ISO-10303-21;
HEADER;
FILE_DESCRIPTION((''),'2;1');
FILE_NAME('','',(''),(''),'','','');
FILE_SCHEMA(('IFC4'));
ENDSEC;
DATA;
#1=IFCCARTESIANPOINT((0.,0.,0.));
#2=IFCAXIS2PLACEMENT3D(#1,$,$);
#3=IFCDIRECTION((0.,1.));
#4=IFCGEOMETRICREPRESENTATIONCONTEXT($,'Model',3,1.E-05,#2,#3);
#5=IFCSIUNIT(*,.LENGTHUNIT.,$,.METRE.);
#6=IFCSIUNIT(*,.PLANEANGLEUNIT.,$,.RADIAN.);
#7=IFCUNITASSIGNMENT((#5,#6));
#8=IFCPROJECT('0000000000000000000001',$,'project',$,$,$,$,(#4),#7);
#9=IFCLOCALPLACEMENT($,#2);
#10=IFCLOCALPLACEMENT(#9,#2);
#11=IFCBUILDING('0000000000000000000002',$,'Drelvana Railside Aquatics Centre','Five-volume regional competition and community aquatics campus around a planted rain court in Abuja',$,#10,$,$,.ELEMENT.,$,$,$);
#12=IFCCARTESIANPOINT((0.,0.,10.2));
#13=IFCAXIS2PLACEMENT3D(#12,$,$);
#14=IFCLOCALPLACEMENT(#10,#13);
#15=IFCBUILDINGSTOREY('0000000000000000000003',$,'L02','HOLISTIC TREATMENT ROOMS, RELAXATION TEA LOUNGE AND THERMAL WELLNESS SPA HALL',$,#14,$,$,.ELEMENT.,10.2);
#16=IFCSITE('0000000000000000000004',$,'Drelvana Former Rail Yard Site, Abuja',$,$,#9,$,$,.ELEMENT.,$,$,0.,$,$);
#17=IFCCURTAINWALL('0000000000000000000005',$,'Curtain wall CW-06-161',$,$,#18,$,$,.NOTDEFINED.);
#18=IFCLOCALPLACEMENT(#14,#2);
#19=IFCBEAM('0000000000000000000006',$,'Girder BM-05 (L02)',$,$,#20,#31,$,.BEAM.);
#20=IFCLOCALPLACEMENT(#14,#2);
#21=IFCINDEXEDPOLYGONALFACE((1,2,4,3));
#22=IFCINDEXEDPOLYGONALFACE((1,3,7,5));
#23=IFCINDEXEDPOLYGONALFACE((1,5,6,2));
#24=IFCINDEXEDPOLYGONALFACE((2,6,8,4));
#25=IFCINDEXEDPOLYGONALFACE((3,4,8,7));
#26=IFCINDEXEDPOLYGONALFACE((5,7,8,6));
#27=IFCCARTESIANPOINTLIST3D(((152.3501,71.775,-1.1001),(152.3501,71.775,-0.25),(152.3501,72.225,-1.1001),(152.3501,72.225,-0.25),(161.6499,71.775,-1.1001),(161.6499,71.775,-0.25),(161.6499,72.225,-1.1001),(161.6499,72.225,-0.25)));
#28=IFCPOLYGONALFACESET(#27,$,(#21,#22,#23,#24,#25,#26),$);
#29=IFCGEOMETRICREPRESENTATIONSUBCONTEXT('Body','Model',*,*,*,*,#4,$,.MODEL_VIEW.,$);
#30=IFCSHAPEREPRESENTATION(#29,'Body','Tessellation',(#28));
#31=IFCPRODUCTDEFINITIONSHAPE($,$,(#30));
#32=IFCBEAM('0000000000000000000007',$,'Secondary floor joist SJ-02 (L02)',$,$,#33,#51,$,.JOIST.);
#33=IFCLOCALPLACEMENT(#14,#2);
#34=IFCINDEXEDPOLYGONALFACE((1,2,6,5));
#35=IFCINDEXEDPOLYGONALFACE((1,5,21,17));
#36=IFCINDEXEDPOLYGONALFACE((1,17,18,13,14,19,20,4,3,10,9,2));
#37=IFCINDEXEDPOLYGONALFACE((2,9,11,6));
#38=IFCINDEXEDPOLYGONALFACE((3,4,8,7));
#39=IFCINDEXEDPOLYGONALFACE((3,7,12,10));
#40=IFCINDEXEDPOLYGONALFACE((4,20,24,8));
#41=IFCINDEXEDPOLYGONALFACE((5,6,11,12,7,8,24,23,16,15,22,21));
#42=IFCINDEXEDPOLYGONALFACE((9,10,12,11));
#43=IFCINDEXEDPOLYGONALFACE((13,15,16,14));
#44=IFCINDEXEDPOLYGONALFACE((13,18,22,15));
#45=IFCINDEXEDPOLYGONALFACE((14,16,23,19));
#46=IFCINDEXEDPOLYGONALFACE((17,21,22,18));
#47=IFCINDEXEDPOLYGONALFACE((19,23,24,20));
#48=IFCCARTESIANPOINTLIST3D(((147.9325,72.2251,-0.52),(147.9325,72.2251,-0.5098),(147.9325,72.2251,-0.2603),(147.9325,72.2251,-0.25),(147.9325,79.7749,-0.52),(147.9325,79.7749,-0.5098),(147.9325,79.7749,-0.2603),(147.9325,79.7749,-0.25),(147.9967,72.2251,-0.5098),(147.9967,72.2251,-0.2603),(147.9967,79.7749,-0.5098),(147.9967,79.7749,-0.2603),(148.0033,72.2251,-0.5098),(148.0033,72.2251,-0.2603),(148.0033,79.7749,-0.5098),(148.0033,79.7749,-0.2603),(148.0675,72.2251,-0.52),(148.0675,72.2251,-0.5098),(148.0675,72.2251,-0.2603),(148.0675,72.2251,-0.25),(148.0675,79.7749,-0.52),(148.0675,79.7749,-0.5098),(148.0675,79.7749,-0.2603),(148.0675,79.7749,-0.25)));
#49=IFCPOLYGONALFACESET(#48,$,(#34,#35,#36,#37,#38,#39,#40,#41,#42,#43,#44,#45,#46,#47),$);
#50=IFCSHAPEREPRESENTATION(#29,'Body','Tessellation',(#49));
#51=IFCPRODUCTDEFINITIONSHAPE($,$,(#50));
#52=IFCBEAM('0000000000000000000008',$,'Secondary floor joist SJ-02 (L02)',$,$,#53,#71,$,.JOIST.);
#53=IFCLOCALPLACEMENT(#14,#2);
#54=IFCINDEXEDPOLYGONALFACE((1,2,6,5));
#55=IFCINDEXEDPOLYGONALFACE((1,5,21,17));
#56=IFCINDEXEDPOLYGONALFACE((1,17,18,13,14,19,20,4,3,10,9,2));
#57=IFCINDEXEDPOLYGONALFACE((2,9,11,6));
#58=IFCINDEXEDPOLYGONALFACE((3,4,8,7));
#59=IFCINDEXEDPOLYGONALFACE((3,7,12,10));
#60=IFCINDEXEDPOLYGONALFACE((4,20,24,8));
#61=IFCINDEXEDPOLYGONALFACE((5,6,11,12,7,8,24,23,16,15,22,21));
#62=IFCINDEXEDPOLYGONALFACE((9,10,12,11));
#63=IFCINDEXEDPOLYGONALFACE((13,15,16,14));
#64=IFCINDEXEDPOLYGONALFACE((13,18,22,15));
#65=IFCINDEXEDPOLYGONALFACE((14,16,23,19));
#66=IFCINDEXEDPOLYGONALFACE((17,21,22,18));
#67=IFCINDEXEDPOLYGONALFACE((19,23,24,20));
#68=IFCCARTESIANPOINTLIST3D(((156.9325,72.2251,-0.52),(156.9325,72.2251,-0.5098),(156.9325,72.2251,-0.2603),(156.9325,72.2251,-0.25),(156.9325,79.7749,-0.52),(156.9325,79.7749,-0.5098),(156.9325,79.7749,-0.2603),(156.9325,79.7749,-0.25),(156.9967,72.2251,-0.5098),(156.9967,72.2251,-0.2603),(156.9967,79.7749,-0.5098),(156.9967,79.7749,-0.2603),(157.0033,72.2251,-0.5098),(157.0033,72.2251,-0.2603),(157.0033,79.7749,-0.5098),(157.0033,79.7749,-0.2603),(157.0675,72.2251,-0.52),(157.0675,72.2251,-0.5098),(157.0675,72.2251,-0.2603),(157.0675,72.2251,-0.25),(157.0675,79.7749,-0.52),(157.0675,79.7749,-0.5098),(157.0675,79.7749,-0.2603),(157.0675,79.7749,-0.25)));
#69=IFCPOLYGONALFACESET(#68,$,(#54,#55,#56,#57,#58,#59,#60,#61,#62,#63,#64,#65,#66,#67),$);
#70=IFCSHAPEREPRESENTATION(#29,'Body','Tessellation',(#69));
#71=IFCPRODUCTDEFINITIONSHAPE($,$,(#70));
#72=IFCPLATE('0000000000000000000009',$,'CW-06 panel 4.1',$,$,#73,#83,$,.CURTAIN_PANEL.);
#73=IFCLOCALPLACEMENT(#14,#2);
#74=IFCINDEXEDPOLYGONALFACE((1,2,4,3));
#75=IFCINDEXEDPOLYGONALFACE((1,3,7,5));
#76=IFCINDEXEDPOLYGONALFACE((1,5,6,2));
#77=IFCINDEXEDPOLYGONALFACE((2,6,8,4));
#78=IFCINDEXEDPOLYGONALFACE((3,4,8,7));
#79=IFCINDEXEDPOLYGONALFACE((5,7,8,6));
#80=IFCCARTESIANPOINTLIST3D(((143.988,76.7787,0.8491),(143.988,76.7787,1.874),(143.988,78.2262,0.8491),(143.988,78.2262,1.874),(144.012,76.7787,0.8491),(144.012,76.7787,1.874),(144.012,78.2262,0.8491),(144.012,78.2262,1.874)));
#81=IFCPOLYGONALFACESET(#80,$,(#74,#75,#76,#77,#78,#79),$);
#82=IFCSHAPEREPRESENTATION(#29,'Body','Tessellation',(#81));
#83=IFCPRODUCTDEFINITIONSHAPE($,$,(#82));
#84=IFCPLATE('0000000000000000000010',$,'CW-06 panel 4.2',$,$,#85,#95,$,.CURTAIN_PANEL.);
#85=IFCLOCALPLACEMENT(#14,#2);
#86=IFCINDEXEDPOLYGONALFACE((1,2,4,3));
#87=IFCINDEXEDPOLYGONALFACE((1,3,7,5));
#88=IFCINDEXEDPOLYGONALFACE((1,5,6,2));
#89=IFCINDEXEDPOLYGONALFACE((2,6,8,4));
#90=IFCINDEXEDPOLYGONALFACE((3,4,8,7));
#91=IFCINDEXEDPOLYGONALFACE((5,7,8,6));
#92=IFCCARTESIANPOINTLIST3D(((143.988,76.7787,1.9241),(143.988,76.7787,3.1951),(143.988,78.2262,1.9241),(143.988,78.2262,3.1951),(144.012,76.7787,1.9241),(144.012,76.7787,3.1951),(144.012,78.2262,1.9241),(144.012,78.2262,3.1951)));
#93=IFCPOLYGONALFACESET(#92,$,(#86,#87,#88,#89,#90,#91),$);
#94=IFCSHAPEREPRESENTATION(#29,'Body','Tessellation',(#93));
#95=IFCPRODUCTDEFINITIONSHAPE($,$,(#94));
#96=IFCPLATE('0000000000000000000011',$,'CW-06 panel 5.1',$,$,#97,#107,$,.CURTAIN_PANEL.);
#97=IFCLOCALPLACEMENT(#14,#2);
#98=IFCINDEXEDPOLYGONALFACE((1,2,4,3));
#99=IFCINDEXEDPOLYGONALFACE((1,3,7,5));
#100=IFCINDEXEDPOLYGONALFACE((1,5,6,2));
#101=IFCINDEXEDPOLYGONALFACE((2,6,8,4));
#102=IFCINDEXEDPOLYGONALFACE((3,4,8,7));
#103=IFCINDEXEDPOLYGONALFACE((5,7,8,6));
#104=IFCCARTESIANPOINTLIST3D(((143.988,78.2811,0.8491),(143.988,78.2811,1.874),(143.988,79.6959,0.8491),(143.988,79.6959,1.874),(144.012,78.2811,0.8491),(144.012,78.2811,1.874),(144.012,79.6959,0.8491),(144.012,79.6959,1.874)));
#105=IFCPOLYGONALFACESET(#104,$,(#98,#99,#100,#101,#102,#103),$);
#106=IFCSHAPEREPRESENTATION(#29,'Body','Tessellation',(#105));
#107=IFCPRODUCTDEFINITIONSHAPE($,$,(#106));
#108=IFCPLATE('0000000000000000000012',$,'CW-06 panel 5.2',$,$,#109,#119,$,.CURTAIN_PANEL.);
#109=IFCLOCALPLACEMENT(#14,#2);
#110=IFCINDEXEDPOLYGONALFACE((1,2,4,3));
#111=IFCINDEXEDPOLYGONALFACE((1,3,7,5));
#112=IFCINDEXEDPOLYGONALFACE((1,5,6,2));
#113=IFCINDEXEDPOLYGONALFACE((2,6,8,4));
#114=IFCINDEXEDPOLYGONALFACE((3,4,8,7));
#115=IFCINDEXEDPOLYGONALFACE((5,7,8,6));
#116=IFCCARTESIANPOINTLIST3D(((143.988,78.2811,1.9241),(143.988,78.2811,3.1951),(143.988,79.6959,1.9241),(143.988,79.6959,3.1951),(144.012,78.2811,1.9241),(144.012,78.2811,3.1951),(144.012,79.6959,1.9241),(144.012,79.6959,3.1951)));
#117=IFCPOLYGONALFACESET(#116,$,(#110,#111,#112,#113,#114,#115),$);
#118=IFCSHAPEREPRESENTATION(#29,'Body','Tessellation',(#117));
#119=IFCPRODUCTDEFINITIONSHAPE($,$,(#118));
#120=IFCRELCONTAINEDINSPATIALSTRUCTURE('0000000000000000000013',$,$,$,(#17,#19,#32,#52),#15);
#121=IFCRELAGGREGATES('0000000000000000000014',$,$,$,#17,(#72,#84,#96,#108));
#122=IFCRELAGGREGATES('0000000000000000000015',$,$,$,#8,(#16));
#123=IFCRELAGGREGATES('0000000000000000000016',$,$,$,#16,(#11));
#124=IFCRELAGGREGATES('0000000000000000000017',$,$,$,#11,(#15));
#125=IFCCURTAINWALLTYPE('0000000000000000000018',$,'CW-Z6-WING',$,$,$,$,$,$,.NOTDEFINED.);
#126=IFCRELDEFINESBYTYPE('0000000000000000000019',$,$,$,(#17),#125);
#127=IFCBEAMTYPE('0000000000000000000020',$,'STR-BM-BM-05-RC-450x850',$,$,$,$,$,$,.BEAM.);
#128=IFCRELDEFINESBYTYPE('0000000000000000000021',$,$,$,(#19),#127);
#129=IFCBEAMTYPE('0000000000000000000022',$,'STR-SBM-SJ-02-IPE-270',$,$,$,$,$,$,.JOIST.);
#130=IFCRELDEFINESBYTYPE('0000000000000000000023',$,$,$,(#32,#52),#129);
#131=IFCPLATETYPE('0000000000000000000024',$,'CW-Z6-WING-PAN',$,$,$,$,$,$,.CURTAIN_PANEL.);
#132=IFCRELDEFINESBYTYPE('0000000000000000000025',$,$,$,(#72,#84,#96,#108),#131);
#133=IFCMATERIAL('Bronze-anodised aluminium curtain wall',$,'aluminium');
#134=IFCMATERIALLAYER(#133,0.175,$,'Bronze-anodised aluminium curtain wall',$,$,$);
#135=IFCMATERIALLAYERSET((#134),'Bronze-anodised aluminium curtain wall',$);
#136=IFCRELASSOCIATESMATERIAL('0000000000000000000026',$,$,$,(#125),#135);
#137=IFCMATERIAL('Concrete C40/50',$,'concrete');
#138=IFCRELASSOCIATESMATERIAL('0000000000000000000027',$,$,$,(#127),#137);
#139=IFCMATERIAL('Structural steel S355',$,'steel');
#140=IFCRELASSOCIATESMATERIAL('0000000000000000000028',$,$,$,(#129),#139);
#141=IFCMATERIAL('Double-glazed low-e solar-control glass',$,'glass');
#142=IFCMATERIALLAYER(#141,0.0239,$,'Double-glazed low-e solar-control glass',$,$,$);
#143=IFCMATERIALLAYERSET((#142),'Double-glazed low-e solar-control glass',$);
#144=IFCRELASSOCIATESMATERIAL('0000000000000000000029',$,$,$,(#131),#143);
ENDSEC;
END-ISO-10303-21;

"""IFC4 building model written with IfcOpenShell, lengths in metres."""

from ifc_helpers import new_model, si_unit, direction, frame, origin, origin_2d, place, context, subcontext, project, spatial, rectangle, i_section, extrude, material, layer, layer_set, material_profile, profile_set, type_object, element, aggregate, save


model = new_model("IFC4")

# Units and contexts
model_context = context("Model", 3, precision=1e-05, world=origin(), true_north=direction((0.0, 1.0)))
body_context = subcontext(model_context, "Body", "Model", "MODEL_VIEW")
ifc_project = project(units=[si_unit("LENGTHUNIT", "METRE"), si_unit("PLANEANGLEUNIT", "RADIAN")], contexts=[model_context])

# Site, building, storey
site_placement = place(None, origin())
site = spatial("IfcSite", under=ifc_project, at=site_placement, Name="Drelvana Former Rail Yard Site, Abuja", CompositionType="ELEMENT", RefElevation=0.0)
building_placement = place(site_placement, origin())
building = spatial("IfcBuilding", under=site, at=building_placement, Name="Drelvana Railside Aquatics Centre", Description="Five-volume regional competition and community aquatics campus around a planted rain court in Abuja", CompositionType="ELEMENT")
storey_placement = place(building_placement, frame((0.0, 0.0, 10.2)))
storey = spatial("IfcBuildingStorey", under=building, at=storey_placement, Name="L02", Description="HOLISTIC TREATMENT ROOMS, RELAXATION TEA LOUNGE AND THERMAL WELLNESS SPA HALL", CompositionType="ELEMENT", Elevation=10.2)

# Shared definitions
ifc_material_1 = material(Name="Concrete C40/50", Category="concrete")

# Curtain wall
ifc_material_2 = material(Name="Bronze-anodised aluminium curtain wall", Category="aluminium")
ifc_layer_1 = layer(ifc_material_2, 0.175, Name="Bronze-anodised aluminium curtain wall")
ifc_layer_set_1 = layer_set([ifc_layer_1], Name="Bronze-anodised aluminium curtain wall")
curtain_wall_type = type_object("IfcCurtainWallType", Name="CW-Z6-WING", PredefinedType="NOTDEFINED", material=ifc_layer_set_1)
curtain_wall_placement = place(storey_placement, origin())
curtain_wall = element("IfcCurtainWall", 1, at=curtain_wall_placement, inside=storey, type_object=curtain_wall_type, Name="Curtain wall CW-06-161", PredefinedType="NOTDEFINED")

# Beams
ifc_material_profile_1 = material_profile(ifc_material_1, rectangle(XDim=0.45, YDim=0.8501, at=origin_2d()), Name="RC 450x850")
ifc_profile_set_1 = profile_set([ifc_material_profile_1], Name="Concrete C40/50")
beam_type_1 = type_object("IfcBeamType", Name="STR-BM-BM-05-RC-450x850", PredefinedType="BEAM", material=ifc_profile_set_1)
beam_placement = place(storey_placement, frame((152.3501, 72.0, -0.675), z_axis=(1.0, 0.0, 0.0), x_axis=(0.0, 1.0, 0.0)))
element("IfcBeam", 2, at=beam_placement, inside=storey, type_object=beam_type_1, Name="Girder BM-05 (L02)", PredefinedType="BEAM", context=body_context, shape_type="SweptSolid", body=[
    extrude(rectangle(XDim=0.45, YDim=0.8501, at=origin_2d()), origin(), (0.0, 0.0, 1.0), 9.2998),
])
ifc_material_3 = material(Name="Structural steel S355", Category="steel")
ifc_material_profile_2 = material_profile(ifc_material_3, i_section(OverallWidth=0.135, OverallDepth=0.27, WebThickness=0.0066, FlangeThickness=0.0103, at=origin_2d()), Name="IPE 270")
ifc_profile_set_2 = profile_set([ifc_material_profile_2], Name="Structural steel S355")
beam_type_2 = type_object("IfcBeamType", Name="STR-SBM-SJ-02-IPE-270", PredefinedType="JOIST", material=ifc_profile_set_2)
for number, where, z_axis, x_axis, name in (
    (3, (148.0, 72.2251, -0.385), (0.0, 1.0, 0.0), (-1.0, 0.0, 0.0), "Secondary floor joist SJ-02 (L02)"),
    (4, (157.0, 72.2251, -0.385), (0.0, 1.0, 0.0), (-1.0, 0.0, 0.0), "Secondary floor joist SJ-02 (L02)"),
):
    element("IfcBeam", number, at=place(storey_placement, frame(where, z_axis=z_axis, x_axis=x_axis)), inside=storey, type_object=beam_type_2, Name=name, PredefinedType="JOIST", context=body_context, shape_type="SweptSolid", body=[
        extrude(i_section(OverallWidth=0.135, OverallDepth=0.27, WebThickness=0.0066, FlangeThickness=0.0103, at=origin_2d()), origin(), (0.0, 0.0, 1.0), 7.5498),
    ])

# Plates
ifc_material_4 = material(Name="Double-glazed low-e solar-control glass", Category="glass")
ifc_layer_2 = layer(ifc_material_4, 0.0239, Name="Double-glazed low-e solar-control glass")
ifc_layer_set_2 = layer_set([ifc_layer_2], Name="Double-glazed low-e solar-control glass")
plate_type = type_object("IfcPlateType", Name="CW-Z6-WING-PAN", PredefinedType="CURTAIN_PANEL", material=ifc_layer_set_2)
plate_1_placement = place(storey_placement, frame((144.0, 77.5024, 0.8491), z_axis=(0.0, 0.0, 1.0), x_axis=(0.0, 1.0, 0.0)))
plate_1 = element("IfcPlate", 5, at=plate_1_placement, type_object=plate_type, Name="CW-06 panel 4.1", PredefinedType="CURTAIN_PANEL", context=body_context, shape_type="SweptSolid", body=[
    extrude(rectangle(XDim=1.4475, YDim=0.0239, at=origin_2d()), origin(), (0.0, 0.0, 1.0), 1.0249),
])
plate_2_placement = place(storey_placement, frame((144.0, 77.5024, 1.9241), z_axis=(0.0, 0.0, 1.0), x_axis=(0.0, 1.0, 0.0)))
plate_2 = element("IfcPlate", 6, at=plate_2_placement, type_object=plate_type, Name="CW-06 panel 4.2", PredefinedType="CURTAIN_PANEL", context=body_context, shape_type="SweptSolid", body=[
    extrude(rectangle(XDim=1.4475, YDim=0.0239, at=origin_2d()), origin(), (0.0, 0.0, 1.0), 1.271),
])
plate_3_placement = place(storey_placement, frame((144.0, 78.9885, 0.8491), z_axis=(0.0, 0.0, 1.0), x_axis=(0.0, 1.0, 0.0)))
plate_3 = element("IfcPlate", 7, at=plate_3_placement, type_object=plate_type, Name="CW-06 panel 5.1", PredefinedType="CURTAIN_PANEL", context=body_context, shape_type="SweptSolid", body=[
    extrude(rectangle(XDim=1.4148, YDim=0.0239, at=origin_2d()), origin(), (0.0, 0.0, 1.0), 1.0249),
])
plate_4_placement = place(storey_placement, frame((144.0, 78.9885, 1.9241), z_axis=(0.0, 0.0, 1.0), x_axis=(0.0, 1.0, 0.0)))
plate_4 = element("IfcPlate", 8, at=plate_4_placement, type_object=plate_type, Name="CW-06 panel 5.2", PredefinedType="CURTAIN_PANEL", context=body_context, shape_type="SweptSolid", body=[
    extrude(rectangle(XDim=1.4148, YDim=0.0239, at=origin_2d()), origin(), (0.0, 0.0, 1.0), 1.271),
])
aggregate(curtain_wall, [plate_1, plate_2, plate_3, plate_4])

save(model, "model.ifc")
